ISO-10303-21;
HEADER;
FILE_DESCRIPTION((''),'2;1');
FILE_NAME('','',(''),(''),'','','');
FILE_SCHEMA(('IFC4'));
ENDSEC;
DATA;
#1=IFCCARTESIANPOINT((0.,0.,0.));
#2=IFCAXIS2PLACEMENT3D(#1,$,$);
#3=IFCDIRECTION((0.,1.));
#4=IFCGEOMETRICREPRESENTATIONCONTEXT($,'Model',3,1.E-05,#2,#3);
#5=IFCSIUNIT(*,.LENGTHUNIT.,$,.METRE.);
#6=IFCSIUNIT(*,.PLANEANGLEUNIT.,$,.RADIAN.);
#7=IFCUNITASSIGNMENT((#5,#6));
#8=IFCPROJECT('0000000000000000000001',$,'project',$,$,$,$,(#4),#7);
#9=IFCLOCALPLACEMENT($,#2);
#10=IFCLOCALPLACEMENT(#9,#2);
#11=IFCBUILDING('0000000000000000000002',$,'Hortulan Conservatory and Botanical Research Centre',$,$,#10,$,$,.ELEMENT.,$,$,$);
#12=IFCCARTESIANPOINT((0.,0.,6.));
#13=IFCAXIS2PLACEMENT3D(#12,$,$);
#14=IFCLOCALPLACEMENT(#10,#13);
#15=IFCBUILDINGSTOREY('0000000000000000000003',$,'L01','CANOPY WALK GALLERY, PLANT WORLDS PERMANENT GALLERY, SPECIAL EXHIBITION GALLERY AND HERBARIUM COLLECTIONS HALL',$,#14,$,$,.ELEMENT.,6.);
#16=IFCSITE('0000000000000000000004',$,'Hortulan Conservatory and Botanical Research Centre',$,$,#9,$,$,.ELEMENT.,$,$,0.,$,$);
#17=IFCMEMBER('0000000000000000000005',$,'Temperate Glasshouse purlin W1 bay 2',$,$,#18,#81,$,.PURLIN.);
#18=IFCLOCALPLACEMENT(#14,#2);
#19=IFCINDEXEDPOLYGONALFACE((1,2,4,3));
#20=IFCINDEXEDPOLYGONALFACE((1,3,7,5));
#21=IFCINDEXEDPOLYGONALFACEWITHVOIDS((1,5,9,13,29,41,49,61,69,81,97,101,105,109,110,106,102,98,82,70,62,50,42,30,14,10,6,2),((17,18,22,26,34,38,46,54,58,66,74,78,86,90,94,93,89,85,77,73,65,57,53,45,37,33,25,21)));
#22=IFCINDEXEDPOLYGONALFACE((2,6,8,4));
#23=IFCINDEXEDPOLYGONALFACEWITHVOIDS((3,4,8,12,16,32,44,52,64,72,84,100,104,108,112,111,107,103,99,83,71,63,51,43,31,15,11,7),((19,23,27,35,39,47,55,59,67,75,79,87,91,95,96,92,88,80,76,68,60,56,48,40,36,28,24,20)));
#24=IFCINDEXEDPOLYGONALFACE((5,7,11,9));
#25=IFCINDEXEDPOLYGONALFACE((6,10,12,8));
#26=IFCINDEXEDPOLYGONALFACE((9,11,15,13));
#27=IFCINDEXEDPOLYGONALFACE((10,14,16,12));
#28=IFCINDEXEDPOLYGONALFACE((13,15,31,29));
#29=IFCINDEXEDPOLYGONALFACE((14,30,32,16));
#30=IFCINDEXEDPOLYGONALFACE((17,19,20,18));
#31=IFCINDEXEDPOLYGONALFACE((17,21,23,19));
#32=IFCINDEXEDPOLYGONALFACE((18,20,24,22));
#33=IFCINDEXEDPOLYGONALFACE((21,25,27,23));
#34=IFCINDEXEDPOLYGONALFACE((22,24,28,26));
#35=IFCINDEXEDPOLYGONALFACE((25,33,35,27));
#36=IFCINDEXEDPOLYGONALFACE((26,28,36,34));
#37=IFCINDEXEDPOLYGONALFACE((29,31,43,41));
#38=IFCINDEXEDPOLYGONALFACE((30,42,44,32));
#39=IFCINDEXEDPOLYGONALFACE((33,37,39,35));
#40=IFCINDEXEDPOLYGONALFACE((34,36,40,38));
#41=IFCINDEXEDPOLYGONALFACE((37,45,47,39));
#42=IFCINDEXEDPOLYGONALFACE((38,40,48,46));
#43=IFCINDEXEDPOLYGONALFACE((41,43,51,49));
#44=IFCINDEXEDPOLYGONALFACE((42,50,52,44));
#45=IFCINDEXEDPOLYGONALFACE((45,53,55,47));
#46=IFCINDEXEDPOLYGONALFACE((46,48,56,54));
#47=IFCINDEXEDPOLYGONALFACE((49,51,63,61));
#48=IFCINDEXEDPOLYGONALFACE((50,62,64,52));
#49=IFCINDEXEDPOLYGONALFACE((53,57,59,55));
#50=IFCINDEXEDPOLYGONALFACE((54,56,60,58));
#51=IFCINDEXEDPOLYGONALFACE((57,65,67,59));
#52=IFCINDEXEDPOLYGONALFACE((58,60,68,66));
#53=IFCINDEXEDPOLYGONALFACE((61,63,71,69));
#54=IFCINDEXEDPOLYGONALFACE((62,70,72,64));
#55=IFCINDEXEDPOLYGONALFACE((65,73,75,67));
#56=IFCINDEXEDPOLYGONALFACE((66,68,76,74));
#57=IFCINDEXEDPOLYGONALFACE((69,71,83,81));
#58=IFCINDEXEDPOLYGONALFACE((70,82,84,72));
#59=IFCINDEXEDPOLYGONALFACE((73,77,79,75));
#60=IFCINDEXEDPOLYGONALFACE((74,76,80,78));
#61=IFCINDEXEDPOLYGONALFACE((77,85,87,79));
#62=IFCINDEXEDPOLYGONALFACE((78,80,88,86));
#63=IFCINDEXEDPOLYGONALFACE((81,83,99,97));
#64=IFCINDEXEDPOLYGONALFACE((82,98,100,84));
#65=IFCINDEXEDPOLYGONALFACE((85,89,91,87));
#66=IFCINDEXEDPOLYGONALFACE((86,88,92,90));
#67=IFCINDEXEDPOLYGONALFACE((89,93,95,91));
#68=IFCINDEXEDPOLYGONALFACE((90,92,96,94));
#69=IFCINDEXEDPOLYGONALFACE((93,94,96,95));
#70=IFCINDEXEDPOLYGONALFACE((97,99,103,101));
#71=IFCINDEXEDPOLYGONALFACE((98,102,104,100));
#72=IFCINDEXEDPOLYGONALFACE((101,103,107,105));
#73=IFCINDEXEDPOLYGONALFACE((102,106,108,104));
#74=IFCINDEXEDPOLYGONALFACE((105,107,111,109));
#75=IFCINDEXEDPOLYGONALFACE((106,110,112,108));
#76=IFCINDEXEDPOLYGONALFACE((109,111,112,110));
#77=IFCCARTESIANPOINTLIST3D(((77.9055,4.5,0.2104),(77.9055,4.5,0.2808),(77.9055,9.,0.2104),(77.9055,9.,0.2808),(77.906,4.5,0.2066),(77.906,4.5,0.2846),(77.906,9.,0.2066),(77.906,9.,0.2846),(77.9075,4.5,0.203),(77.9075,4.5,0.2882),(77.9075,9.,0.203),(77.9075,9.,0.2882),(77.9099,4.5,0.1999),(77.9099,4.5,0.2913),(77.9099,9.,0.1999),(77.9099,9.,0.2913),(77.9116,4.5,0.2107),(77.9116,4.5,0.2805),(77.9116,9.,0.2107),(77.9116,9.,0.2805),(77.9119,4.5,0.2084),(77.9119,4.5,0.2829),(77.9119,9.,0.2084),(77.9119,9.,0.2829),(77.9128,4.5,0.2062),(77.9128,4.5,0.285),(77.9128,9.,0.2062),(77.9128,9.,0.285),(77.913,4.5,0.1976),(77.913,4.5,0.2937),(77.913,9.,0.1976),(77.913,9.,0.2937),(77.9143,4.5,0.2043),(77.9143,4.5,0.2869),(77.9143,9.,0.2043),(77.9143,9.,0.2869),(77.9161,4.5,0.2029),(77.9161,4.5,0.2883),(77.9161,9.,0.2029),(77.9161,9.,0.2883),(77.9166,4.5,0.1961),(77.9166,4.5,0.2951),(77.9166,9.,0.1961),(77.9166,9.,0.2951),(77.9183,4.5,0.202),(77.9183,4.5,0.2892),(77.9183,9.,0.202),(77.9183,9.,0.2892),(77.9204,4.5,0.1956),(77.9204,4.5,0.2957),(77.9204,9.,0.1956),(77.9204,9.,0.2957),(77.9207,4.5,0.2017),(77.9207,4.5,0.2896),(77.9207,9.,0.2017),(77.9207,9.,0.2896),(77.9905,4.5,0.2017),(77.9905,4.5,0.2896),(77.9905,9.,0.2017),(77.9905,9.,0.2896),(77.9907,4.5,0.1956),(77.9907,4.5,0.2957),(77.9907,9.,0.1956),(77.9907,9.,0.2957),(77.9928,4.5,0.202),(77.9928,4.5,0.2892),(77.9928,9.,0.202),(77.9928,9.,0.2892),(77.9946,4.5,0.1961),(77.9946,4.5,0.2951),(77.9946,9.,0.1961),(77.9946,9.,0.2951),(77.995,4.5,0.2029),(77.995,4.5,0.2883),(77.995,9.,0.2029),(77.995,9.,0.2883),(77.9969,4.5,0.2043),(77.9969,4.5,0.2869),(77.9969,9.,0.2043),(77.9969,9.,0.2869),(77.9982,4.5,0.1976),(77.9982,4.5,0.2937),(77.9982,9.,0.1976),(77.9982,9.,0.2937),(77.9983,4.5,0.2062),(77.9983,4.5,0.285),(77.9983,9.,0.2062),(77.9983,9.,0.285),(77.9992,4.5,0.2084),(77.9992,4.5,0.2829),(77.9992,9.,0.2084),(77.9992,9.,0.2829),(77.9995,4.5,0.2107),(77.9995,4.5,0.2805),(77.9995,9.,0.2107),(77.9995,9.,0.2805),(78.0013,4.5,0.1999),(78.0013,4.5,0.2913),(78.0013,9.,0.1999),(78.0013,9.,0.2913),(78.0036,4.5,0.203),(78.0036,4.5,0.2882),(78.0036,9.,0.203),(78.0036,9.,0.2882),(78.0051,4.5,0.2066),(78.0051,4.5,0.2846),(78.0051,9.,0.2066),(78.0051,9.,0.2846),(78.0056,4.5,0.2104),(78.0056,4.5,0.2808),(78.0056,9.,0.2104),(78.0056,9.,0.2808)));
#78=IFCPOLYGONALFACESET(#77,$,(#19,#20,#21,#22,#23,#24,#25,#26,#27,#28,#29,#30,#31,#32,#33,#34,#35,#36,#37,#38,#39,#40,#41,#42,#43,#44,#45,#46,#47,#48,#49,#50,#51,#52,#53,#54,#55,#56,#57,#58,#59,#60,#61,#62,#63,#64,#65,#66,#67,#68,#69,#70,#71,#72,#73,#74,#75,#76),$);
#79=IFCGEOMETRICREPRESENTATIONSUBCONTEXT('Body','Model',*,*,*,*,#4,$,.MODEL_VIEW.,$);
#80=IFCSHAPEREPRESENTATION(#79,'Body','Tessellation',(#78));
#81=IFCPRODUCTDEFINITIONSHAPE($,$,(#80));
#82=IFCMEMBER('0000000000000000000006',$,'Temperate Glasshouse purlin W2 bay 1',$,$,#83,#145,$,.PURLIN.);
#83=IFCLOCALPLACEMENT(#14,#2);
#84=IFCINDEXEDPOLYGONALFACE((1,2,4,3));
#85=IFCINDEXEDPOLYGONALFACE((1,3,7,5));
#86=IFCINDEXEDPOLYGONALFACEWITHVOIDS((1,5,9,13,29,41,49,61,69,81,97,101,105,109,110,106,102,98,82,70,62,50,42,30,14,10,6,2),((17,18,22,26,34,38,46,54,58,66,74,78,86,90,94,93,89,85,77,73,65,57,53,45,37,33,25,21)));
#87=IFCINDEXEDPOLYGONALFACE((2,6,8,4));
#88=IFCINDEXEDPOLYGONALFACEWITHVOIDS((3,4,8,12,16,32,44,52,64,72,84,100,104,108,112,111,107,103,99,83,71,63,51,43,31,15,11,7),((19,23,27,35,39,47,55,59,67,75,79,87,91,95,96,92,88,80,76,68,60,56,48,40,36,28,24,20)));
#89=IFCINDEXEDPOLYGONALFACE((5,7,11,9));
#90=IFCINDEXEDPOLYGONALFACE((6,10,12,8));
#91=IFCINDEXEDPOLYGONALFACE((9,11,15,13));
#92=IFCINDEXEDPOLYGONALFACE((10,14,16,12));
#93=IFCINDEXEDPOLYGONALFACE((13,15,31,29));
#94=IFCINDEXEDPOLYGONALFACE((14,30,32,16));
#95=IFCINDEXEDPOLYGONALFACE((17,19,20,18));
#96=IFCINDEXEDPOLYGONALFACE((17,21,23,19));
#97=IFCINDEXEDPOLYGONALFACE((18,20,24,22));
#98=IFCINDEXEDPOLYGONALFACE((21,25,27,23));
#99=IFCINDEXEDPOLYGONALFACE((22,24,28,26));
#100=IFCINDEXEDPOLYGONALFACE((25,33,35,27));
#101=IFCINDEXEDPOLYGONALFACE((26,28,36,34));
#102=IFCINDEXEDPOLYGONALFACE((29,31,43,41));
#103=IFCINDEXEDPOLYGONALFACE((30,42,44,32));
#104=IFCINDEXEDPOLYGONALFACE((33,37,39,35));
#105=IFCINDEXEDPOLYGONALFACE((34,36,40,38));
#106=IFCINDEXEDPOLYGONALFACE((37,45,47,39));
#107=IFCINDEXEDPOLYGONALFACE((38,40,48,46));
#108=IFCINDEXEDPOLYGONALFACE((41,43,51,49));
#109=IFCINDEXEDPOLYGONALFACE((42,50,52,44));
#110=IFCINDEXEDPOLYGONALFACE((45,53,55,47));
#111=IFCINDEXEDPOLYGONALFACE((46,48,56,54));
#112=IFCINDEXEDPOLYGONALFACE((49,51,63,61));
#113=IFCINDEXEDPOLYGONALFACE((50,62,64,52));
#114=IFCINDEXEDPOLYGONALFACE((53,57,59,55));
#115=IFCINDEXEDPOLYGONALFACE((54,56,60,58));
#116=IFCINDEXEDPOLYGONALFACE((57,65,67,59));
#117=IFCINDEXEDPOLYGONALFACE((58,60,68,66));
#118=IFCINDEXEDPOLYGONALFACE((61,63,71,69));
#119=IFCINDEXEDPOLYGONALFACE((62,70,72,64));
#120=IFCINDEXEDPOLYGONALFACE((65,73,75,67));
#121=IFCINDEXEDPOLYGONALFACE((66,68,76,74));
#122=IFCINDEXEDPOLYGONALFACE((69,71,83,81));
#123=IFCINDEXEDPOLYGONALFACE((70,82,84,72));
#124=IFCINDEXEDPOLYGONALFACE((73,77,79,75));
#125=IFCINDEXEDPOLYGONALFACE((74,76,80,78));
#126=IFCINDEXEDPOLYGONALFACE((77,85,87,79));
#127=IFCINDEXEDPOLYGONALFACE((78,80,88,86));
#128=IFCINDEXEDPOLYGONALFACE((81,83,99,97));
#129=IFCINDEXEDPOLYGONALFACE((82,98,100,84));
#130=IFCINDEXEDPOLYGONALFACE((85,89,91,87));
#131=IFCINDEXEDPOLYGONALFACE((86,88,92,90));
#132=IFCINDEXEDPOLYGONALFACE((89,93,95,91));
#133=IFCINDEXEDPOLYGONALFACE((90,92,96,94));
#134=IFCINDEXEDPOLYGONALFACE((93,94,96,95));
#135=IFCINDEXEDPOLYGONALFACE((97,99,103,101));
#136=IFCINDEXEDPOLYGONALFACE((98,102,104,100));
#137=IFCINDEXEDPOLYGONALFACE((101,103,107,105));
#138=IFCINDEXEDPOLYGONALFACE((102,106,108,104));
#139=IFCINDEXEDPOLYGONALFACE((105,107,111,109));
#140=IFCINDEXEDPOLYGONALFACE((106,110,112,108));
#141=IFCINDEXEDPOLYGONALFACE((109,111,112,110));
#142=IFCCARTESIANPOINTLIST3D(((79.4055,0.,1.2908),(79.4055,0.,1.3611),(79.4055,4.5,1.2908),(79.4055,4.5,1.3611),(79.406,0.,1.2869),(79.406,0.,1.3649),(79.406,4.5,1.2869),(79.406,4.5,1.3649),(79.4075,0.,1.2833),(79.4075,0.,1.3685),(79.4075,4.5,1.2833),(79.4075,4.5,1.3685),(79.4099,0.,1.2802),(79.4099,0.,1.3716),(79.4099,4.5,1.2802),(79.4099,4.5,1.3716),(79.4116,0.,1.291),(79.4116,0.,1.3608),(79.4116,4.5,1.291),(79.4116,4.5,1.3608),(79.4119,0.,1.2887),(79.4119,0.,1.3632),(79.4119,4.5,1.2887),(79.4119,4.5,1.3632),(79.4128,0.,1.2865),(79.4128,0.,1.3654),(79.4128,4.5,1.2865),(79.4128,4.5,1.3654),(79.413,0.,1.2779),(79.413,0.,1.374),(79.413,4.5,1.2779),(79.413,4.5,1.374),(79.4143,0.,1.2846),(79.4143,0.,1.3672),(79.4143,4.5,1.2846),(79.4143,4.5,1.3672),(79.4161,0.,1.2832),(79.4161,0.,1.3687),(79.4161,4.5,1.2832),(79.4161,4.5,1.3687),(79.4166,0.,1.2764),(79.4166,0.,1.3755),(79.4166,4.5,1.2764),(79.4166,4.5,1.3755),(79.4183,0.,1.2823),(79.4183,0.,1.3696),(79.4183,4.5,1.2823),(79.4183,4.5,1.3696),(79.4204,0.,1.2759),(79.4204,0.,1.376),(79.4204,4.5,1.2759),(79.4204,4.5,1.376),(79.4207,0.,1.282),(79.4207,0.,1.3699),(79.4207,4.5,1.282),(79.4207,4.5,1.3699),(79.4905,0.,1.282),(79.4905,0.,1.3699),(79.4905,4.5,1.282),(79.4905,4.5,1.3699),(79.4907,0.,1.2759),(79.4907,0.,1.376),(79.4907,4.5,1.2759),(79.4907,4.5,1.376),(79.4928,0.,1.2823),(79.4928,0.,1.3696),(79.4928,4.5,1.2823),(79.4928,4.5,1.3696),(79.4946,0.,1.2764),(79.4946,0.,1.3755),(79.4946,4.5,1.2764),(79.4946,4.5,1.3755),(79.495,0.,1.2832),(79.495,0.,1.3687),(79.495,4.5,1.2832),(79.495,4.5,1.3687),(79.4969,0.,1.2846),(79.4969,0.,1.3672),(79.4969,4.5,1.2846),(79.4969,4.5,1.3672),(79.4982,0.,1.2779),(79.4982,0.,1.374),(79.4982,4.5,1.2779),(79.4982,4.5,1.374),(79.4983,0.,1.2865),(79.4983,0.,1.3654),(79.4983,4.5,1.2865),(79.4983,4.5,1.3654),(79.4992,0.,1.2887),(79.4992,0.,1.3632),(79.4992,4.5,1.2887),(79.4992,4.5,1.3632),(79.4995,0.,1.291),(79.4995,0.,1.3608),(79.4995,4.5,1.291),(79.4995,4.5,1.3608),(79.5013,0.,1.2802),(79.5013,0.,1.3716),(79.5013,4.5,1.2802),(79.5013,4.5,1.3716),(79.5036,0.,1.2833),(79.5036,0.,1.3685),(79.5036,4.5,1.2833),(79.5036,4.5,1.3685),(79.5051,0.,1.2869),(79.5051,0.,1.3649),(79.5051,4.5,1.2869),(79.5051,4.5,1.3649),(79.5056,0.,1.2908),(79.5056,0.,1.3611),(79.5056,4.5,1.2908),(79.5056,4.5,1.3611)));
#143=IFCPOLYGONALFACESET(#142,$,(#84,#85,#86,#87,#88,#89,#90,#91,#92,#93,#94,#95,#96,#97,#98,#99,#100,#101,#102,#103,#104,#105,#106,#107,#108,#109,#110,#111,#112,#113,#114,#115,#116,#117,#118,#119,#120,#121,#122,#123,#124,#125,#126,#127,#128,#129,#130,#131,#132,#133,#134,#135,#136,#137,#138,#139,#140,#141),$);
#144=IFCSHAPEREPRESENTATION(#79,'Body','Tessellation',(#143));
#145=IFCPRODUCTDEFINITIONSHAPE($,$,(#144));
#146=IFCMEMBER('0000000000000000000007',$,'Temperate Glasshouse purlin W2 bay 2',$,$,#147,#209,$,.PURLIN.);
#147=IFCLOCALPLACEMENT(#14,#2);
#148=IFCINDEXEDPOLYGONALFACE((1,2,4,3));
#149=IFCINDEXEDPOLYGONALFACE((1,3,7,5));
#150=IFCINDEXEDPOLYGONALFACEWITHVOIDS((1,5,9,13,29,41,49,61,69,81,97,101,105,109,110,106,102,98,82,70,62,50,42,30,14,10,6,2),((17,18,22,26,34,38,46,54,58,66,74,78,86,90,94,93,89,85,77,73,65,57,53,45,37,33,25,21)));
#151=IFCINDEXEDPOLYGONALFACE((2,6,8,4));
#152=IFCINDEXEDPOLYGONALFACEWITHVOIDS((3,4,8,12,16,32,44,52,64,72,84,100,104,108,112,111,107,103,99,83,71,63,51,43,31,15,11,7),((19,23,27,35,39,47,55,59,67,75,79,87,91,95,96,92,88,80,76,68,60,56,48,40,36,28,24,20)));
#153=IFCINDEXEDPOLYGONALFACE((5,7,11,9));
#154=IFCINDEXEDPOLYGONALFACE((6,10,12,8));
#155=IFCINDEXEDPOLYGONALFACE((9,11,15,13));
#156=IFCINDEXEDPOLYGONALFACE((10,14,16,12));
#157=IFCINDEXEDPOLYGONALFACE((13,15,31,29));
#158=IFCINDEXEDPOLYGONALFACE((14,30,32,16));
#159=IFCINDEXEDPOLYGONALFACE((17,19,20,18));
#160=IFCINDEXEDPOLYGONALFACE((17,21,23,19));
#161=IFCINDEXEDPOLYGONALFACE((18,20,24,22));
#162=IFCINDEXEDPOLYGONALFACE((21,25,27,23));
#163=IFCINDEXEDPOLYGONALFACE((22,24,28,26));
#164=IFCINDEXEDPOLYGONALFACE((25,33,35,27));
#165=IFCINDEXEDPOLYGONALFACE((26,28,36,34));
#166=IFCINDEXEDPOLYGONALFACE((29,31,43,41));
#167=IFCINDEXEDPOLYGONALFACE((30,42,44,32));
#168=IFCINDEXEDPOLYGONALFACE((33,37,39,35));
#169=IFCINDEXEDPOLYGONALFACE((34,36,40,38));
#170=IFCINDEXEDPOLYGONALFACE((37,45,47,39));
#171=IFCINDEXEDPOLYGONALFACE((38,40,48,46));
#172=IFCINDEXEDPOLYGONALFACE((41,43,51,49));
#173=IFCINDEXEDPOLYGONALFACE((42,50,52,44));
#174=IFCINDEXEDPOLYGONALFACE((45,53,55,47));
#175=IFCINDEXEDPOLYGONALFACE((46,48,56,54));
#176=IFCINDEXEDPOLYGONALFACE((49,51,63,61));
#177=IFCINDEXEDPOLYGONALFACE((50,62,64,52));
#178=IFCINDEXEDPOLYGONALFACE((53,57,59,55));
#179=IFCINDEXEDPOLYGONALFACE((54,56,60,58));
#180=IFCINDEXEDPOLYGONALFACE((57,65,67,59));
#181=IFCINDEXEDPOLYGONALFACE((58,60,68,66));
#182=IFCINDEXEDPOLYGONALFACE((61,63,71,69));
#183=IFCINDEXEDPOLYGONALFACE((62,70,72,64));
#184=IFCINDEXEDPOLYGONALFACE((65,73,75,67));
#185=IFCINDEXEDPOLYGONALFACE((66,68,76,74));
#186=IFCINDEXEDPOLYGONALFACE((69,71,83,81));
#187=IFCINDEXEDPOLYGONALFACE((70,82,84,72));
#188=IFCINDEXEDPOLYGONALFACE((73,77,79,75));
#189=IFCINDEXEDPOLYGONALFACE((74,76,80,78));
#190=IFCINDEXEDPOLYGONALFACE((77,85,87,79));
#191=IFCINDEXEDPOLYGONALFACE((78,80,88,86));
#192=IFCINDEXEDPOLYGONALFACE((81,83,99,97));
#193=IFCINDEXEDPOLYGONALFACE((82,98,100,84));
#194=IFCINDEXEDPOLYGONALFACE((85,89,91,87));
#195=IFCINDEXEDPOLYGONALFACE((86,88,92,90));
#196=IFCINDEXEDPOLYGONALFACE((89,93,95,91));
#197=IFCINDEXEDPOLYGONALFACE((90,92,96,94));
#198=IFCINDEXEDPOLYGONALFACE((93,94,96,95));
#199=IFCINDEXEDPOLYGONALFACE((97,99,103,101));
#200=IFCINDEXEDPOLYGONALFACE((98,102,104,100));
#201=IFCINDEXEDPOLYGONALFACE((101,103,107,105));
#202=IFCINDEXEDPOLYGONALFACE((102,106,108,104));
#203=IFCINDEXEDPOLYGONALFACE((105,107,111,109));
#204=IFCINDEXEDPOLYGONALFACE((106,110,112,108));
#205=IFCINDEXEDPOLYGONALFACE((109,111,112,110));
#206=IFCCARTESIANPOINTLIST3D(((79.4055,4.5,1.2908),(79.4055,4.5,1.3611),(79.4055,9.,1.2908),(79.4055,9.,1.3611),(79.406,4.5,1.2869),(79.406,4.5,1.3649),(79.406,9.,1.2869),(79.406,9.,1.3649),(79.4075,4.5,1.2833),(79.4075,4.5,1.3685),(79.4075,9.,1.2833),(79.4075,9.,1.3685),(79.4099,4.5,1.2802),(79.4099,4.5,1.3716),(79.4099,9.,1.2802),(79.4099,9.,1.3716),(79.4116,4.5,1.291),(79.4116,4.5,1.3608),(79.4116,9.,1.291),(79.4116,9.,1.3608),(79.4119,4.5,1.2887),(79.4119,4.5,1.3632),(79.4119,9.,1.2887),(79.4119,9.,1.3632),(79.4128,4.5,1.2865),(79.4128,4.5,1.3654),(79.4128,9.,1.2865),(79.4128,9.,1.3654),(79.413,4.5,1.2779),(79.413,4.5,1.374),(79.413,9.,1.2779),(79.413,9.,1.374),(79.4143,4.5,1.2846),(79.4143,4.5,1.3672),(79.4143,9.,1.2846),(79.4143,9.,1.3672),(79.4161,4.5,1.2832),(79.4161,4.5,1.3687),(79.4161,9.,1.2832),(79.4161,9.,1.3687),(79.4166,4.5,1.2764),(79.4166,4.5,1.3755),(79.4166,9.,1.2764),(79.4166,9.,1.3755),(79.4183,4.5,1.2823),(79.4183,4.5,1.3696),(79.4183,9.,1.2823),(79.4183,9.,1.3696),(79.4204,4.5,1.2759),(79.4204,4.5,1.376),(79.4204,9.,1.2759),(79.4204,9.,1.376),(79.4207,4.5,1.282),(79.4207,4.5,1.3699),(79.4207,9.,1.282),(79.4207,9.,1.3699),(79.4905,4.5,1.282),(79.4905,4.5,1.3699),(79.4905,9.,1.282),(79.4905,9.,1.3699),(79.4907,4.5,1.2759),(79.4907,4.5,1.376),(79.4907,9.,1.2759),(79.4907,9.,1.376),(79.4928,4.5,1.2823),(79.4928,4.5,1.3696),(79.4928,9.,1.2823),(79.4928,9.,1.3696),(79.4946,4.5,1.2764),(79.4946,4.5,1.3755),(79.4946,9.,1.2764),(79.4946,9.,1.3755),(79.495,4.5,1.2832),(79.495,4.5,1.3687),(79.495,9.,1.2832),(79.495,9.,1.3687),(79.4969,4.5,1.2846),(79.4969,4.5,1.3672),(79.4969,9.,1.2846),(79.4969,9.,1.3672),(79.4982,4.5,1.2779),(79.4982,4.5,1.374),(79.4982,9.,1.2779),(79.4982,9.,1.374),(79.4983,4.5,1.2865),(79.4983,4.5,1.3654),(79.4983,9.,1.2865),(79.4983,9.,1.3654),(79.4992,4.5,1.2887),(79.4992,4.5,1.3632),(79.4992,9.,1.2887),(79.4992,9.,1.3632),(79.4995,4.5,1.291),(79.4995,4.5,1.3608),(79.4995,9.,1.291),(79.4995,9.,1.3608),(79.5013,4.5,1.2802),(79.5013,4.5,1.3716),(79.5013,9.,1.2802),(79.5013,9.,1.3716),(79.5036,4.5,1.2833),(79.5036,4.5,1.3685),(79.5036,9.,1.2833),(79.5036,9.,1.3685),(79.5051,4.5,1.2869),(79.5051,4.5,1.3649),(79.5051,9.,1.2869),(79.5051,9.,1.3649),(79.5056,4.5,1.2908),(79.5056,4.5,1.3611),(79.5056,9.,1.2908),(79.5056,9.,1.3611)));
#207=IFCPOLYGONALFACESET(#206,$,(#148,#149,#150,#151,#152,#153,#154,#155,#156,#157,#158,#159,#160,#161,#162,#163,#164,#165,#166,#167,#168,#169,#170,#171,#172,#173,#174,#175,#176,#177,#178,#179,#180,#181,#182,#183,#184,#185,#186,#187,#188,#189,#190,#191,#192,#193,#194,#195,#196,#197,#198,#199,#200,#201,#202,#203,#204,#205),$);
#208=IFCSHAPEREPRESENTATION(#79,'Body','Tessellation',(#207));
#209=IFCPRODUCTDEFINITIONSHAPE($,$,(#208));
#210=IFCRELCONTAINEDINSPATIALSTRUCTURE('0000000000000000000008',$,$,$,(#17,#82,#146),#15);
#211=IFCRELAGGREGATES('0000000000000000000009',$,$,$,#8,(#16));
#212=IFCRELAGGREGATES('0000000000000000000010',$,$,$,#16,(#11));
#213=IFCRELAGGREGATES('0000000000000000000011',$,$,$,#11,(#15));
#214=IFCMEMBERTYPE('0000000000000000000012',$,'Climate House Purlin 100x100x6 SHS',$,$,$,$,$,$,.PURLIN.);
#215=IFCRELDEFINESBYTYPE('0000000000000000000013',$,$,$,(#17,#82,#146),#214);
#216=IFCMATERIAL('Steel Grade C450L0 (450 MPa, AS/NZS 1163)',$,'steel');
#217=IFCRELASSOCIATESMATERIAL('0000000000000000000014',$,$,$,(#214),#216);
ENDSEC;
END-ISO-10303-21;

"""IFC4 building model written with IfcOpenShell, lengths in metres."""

from ifc_helpers import new_model, si_unit, direction, frame, origin, origin_2d, place, context, subcontext, project, spatial, hollow_rectangle, extrude, material, material_profile, profile_set, type_object, element, save


model = new_model("IFC4")

# Units and contexts
model_context = context("Model", 3, precision=1e-05, world=origin(), true_north=direction((0.0, 1.0)))
body_context = subcontext(model_context, "Body", "Model", "MODEL_VIEW")
ifc_project = project(units=[si_unit("LENGTHUNIT", "METRE"), si_unit("PLANEANGLEUNIT", "RADIAN")], contexts=[model_context])

# Site, building, storey
site_placement = place(None, origin())
site = spatial("IfcSite", under=ifc_project, at=site_placement, Name="Hortulan Conservatory and Botanical Research Centre", CompositionType="ELEMENT", RefElevation=0.0)
building_placement = place(site_placement, origin())
building = spatial("IfcBuilding", under=site, at=building_placement, Name="Hortulan Conservatory and Botanical Research Centre", CompositionType="ELEMENT")
storey_placement = place(building_placement, frame((0.0, 0.0, 6.0)))
storey = spatial("IfcBuildingStorey", under=building, at=storey_placement, Name="L01", Description="CANOPY WALK GALLERY, PLANT WORLDS PERMANENT GALLERY, SPECIAL EXHIBITION GALLERY AND HERBARIUM COLLECTIONS HALL", CompositionType="ELEMENT", Elevation=6.0)

# Members
ifc_material_1 = material(Name="Steel Grade C450L0 (450 MPa, AS/NZS 1163)", Category="steel")
ifc_material_profile_1 = material_profile(ifc_material_1, hollow_rectangle(XDim=0.1001, YDim=0.1001, WallThickness=0.0061, InnerFilletRadius=0.009, OuterFilletRadius=0.0149, at=origin_2d()), Name="100x100x6SHS")
ifc_profile_set_1 = profile_set([ifc_material_profile_1], Name="Steel Grade C450L0 (450 MPa, AS/NZS 1163)")
member_type_1 = type_object("IfcMemberType", Name="Climate House Purlin 100x100x6 SHS", PredefinedType="PURLIN", material=ifc_profile_set_1)
for number, where, z_axis, x_axis, name in (
    (1, (77.9556, 4.5, 0.2456), (0.0, 1.0, 0.0), (-1.0, 0.0, 0.0), "Temperate Glasshouse purlin W1 bay 2"),
    (2, (79.4556, 0.0, 1.3259), (0.0, 1.0, 0.0), (-1.0, 0.0, 0.0), "Temperate Glasshouse purlin W2 bay 1"),
    (3, (79.4556, 4.5, 1.3259), (0.0, 1.0, 0.0), (-1.0, 0.0, 0.0), "Temperate Glasshouse purlin W2 bay 2"),
):
    element("IfcMember", number, at=place(storey_placement, frame(where, z_axis=z_axis, x_axis=x_axis)), inside=storey, type_object=member_type_1, Name=name, PredefinedType="PURLIN", context=body_context, shape_type="SweptSolid", body=[
        extrude(hollow_rectangle(XDim=0.1001, YDim=0.1001, WallThickness=0.0061, InnerFilletRadius=0.009, OuterFilletRadius=0.0149, at=origin_2d()), origin(), (0.0, 0.0, 1.0), 4.5),
    ])

save(model, "model.ifc")
